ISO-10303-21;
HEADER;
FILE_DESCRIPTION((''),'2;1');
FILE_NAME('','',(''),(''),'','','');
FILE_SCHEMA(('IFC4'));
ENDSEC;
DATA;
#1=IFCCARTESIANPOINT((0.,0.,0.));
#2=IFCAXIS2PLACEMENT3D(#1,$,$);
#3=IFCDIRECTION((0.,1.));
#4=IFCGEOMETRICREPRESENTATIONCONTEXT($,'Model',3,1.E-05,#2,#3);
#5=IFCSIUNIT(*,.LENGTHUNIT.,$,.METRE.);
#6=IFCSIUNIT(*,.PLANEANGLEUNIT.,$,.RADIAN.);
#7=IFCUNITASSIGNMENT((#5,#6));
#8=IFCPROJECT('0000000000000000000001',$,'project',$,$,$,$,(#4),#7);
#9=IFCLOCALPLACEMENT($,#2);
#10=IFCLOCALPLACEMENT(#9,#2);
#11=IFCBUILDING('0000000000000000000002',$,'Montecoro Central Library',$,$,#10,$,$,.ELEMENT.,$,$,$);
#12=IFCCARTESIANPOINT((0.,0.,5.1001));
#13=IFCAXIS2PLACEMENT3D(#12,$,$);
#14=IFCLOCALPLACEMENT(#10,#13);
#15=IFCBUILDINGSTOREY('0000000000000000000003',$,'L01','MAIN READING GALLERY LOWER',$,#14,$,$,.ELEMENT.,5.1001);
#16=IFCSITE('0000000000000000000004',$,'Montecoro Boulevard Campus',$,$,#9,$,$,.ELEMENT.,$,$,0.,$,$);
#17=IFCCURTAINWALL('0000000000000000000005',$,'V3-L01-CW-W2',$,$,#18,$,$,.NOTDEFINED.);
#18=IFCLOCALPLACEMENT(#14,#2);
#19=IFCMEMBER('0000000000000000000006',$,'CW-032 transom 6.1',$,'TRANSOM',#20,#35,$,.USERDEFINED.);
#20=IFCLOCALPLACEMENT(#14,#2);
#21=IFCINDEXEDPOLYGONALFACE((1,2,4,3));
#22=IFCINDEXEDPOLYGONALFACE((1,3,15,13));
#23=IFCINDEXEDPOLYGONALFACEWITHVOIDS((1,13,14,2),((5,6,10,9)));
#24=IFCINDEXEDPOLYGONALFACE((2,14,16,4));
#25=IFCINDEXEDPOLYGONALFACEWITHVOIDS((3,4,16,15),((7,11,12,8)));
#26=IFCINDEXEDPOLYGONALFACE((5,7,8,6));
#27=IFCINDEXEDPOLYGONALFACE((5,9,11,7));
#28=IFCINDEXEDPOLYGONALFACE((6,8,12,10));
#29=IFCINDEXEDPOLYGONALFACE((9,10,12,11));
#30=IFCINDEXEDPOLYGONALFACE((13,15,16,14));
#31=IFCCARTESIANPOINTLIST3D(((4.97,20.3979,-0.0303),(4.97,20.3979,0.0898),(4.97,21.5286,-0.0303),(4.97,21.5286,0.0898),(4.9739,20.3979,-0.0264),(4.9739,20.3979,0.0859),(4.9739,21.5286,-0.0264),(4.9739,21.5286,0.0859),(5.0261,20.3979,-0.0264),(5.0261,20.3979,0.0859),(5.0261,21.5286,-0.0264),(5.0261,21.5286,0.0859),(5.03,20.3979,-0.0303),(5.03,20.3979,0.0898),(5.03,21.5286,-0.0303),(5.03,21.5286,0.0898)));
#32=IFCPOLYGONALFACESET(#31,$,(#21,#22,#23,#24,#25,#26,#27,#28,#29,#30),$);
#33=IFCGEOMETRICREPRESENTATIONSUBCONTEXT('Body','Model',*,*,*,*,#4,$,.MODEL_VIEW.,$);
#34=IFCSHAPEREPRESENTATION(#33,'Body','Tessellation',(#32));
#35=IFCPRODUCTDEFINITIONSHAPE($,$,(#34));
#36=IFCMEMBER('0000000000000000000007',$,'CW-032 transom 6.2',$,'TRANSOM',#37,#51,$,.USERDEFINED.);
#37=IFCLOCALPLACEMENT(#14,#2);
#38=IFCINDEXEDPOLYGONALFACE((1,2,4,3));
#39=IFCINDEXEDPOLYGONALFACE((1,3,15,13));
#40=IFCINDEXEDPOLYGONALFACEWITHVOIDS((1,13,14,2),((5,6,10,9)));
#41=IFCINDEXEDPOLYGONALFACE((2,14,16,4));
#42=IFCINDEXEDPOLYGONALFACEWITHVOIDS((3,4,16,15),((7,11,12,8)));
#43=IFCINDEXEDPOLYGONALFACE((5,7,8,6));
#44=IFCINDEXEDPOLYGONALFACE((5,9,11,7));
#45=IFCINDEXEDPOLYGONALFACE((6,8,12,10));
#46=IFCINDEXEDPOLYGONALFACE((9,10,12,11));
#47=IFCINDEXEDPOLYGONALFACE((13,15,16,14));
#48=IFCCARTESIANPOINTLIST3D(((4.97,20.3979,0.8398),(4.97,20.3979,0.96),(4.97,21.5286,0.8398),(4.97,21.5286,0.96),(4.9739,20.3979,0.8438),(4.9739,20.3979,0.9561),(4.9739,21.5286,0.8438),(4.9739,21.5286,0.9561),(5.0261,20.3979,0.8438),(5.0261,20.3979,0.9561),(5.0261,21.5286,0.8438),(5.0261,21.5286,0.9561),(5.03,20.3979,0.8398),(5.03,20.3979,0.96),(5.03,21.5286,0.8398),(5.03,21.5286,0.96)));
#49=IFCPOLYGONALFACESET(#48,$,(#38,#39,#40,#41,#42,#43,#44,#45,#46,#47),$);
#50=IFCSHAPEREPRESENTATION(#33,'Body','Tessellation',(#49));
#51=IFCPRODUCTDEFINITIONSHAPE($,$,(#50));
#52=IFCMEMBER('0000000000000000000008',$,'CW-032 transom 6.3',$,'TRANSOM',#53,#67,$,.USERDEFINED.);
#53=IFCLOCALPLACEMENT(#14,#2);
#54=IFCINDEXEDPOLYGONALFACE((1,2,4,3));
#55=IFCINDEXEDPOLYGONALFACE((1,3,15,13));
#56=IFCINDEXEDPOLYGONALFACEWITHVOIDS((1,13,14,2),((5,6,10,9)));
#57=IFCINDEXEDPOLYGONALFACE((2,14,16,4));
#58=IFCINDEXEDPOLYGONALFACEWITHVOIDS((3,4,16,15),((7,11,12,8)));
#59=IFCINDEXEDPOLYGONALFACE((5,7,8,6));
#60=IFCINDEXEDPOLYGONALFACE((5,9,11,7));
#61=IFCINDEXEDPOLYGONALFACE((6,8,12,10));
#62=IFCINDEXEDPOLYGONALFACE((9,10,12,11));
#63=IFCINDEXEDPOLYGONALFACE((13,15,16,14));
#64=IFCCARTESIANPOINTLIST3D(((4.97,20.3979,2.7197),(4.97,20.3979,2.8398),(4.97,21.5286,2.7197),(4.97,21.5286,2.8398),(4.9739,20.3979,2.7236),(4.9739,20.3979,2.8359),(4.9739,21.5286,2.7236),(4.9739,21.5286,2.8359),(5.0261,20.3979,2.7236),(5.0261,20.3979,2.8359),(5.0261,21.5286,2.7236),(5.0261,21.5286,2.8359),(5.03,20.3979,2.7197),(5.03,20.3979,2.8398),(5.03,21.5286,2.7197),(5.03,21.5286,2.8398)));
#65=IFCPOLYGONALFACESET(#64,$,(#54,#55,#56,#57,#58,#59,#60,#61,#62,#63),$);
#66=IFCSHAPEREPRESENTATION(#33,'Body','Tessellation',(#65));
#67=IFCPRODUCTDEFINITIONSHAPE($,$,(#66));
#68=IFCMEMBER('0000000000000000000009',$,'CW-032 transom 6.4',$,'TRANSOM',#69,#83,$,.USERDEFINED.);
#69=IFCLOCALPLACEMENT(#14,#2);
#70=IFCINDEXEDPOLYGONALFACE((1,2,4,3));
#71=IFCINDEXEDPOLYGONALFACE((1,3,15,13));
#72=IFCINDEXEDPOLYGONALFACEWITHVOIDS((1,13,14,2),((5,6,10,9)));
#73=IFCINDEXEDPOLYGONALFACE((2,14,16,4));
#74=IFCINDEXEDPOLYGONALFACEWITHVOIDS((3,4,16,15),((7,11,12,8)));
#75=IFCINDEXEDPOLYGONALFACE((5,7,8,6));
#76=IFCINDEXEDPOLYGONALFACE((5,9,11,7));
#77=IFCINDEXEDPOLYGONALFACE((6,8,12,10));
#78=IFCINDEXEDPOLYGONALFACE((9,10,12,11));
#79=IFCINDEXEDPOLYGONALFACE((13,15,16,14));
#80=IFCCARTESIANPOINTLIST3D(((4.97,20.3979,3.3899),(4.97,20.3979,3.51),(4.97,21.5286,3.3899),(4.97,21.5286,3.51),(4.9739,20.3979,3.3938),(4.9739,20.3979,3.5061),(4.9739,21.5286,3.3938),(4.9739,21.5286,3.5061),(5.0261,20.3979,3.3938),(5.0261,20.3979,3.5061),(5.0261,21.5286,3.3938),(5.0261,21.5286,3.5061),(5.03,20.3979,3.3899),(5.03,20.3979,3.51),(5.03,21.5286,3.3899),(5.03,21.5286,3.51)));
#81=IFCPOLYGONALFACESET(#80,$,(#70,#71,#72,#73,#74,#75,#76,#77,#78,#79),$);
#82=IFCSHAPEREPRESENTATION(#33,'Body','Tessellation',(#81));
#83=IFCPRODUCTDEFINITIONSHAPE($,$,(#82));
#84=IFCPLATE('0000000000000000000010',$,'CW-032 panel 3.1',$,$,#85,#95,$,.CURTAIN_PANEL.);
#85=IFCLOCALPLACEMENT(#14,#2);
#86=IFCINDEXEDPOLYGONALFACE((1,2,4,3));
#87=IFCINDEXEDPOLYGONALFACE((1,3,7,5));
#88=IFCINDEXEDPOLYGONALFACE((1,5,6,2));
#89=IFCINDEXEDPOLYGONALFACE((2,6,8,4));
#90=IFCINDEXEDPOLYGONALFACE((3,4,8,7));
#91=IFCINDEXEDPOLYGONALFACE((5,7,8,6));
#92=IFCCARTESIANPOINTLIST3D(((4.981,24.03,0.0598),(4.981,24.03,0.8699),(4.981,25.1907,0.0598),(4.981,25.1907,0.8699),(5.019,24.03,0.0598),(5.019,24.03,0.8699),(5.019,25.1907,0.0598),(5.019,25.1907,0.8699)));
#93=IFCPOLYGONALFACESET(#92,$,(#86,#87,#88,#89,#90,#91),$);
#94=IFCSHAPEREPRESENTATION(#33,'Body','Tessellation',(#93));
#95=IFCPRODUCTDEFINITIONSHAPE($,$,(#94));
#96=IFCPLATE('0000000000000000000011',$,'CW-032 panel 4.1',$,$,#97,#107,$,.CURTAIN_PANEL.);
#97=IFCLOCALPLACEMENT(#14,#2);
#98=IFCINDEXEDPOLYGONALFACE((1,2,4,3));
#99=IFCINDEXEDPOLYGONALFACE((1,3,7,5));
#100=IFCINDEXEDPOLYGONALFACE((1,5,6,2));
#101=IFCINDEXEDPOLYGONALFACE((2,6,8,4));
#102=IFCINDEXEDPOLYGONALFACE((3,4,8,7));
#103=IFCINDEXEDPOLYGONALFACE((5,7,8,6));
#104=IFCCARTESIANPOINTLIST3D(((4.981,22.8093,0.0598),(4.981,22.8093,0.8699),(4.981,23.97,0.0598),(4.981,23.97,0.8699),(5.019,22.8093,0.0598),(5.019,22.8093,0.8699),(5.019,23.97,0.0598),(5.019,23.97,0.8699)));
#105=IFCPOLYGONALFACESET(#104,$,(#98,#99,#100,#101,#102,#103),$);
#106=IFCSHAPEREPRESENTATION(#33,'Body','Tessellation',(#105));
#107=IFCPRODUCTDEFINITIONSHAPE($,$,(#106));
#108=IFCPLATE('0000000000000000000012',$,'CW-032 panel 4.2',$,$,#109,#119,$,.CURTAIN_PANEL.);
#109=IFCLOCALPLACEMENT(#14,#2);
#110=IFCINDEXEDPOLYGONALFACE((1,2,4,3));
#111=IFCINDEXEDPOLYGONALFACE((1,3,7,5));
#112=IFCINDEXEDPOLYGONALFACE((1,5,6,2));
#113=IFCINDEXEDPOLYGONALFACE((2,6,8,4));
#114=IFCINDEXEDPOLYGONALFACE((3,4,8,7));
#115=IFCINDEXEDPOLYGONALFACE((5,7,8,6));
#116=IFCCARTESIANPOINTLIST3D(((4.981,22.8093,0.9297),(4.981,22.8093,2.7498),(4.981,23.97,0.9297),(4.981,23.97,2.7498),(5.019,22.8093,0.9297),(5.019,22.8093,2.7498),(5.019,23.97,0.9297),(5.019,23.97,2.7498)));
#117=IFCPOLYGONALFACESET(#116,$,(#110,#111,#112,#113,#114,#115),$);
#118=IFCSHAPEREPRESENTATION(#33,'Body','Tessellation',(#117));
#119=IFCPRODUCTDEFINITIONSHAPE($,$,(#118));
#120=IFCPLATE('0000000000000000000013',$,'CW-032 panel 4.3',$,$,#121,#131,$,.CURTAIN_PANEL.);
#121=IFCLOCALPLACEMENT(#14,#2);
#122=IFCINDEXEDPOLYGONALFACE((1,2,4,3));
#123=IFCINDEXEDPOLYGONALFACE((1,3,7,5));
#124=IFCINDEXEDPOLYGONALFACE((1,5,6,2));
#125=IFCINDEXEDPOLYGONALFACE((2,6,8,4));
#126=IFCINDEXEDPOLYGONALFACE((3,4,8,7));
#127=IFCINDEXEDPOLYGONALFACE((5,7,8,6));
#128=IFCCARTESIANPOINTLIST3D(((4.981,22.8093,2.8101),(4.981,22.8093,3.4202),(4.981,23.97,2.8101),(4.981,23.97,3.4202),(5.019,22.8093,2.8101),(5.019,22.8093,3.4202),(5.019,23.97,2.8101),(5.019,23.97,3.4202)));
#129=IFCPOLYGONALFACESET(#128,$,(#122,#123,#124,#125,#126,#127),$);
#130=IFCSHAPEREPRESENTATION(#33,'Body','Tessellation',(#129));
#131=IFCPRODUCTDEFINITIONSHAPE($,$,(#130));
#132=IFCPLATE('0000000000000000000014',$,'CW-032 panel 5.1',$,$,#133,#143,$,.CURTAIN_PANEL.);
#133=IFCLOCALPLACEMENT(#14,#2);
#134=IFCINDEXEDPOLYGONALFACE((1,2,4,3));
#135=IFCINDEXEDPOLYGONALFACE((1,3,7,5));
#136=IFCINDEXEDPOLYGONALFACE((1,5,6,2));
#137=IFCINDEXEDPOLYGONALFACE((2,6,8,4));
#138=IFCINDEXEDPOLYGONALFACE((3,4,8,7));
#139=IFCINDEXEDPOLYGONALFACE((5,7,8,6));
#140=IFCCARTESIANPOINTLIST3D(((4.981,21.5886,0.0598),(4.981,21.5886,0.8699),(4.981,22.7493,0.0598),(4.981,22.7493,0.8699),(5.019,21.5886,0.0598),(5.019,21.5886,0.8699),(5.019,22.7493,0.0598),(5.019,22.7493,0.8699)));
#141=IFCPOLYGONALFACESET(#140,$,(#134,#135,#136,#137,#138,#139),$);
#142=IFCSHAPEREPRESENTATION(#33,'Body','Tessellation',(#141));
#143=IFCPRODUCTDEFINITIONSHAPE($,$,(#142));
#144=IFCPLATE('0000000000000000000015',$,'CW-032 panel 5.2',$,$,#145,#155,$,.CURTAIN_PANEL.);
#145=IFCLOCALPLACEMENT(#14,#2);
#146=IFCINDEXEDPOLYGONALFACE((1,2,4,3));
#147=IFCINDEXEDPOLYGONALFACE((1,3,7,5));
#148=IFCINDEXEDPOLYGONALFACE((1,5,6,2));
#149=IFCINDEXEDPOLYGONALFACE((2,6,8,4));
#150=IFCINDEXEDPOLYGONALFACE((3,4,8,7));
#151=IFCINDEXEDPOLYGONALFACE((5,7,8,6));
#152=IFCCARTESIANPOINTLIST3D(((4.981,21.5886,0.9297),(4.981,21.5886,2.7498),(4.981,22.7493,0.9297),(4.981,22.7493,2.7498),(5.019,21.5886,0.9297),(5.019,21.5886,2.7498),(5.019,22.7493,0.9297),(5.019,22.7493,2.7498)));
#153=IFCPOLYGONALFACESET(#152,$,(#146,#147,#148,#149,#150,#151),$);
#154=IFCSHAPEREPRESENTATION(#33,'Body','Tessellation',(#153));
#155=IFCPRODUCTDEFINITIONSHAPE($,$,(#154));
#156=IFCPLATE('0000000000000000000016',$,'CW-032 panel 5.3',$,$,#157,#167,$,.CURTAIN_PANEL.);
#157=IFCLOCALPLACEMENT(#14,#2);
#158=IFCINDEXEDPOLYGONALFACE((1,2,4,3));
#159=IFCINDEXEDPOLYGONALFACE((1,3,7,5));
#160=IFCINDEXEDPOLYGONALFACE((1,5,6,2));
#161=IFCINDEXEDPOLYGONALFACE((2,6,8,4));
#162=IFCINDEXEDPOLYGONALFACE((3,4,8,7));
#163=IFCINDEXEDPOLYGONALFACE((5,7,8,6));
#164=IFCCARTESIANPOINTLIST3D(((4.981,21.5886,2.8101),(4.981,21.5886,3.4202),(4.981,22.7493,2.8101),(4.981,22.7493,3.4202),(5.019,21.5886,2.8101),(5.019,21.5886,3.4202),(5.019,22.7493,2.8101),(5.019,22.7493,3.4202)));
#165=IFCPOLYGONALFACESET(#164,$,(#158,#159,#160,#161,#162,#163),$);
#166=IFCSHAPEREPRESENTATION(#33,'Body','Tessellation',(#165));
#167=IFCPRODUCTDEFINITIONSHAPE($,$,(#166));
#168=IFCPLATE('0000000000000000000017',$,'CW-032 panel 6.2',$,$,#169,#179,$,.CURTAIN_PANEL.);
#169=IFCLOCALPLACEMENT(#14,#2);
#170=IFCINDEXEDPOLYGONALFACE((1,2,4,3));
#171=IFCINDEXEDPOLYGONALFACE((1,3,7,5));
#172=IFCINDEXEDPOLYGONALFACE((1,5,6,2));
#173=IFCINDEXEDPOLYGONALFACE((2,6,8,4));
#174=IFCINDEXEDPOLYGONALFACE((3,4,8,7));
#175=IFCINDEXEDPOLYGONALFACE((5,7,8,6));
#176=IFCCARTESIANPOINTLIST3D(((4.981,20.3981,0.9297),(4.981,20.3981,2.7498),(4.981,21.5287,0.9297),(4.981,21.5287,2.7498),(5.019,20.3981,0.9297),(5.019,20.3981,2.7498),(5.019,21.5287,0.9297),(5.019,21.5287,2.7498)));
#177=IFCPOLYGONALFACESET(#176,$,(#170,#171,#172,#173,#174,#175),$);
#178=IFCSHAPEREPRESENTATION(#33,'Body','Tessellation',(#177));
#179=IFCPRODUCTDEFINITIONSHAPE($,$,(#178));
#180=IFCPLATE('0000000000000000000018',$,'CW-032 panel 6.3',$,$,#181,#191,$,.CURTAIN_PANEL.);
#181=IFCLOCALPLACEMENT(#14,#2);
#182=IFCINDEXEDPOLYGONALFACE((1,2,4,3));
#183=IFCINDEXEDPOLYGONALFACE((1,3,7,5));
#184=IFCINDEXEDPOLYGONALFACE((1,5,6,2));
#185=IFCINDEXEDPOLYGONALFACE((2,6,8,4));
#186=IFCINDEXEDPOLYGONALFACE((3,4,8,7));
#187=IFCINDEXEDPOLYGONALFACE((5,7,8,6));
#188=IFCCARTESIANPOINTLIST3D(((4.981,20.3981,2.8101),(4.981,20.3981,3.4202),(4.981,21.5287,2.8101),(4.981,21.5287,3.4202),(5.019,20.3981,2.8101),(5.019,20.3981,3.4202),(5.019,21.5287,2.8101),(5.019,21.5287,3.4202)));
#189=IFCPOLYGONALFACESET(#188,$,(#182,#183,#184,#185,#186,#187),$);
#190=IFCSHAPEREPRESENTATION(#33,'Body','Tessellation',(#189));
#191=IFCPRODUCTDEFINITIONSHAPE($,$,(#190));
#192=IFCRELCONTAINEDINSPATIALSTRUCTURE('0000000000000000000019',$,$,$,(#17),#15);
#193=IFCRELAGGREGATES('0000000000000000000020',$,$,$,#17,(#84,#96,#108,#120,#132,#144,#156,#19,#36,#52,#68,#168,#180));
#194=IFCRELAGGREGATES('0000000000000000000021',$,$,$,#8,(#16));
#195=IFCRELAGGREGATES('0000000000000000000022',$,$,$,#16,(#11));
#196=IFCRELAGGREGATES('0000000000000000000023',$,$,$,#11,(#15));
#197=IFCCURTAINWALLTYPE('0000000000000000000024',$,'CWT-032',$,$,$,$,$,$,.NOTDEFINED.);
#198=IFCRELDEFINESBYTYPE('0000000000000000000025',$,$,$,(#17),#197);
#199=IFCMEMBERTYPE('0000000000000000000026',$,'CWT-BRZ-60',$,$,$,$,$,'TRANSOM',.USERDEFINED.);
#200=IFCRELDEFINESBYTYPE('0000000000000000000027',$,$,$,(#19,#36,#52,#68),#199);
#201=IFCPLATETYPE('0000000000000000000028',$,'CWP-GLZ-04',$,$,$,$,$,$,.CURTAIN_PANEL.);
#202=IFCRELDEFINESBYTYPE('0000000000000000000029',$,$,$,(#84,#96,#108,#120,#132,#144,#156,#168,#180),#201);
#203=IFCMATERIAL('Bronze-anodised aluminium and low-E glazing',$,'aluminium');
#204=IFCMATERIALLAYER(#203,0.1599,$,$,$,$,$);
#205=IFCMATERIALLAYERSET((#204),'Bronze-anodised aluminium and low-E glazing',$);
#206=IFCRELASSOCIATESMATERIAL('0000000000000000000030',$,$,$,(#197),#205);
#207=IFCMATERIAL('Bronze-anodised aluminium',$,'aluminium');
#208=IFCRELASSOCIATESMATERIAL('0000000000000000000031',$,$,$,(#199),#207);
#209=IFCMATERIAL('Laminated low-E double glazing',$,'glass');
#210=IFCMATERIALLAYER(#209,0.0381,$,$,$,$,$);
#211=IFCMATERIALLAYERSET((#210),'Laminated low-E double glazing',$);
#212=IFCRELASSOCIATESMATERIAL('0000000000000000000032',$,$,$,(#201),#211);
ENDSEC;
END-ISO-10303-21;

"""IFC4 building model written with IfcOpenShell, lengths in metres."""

from ifc_helpers import new_model, si_unit, direction, frame, origin, origin_2d, place, context, subcontext, project, spatial, rectangle, hollow_rectangle, extrude, material, layer, layer_set, material_profile, profile_set, type_object, element, aggregate, save


model = new_model("IFC4")

# Units and contexts
model_context = context("Model", 3, precision=1e-05, world=origin(), true_north=direction((0.0, 1.0)))
body_context = subcontext(model_context, "Body", "Model", "MODEL_VIEW")
ifc_project = project(units=[si_unit("LENGTHUNIT", "METRE"), si_unit("PLANEANGLEUNIT", "RADIAN")], contexts=[model_context])

# Site, building, storey
site_placement = place(None, origin())
site = spatial("IfcSite", under=ifc_project, at=site_placement, Name="Montecoro Boulevard Campus", CompositionType="ELEMENT", RefElevation=0.0)
building_placement = place(site_placement, origin())
building = spatial("IfcBuilding", under=site, at=building_placement, Name="Montecoro Central Library", CompositionType="ELEMENT")
storey_placement = place(building_placement, frame((0.0, 0.0, 5.1001)))
storey = spatial("IfcBuildingStorey", under=building, at=storey_placement, Name="L01", Description="MAIN READING GALLERY LOWER", CompositionType="ELEMENT", Elevation=5.1001)

# Curtain wall, members, plates
ifc_material_1 = material(Name="Bronze-anodised aluminium and low-E glazing", Category="aluminium")
ifc_layer_1 = layer(ifc_material_1, 0.1599)
ifc_layer_set_1 = layer_set([ifc_layer_1], Name="Bronze-anodised aluminium and low-E glazing")
curtain_wall_type = type_object("IfcCurtainWallType", Name="CWT-032", PredefinedType="NOTDEFINED", material=ifc_layer_set_1)
curtain_wall_placement = place(storey_placement, origin())
curtain_wall = element("IfcCurtainWall", 1, at=curtain_wall_placement, inside=storey, type_object=curtain_wall_type, Name="V3-L01-CW-W2", PredefinedType="NOTDEFINED")
ifc_material_2 = material(Name="Bronze-anodised aluminium", Category="aluminium")
ifc_material_profile_1 = material_profile(ifc_material_2, hollow_rectangle(XDim=0.0601, YDim=0.1201, WallThickness=0.0039, at=origin_2d()), Name="CWT 120x60x4.0")
ifc_profile_set_1 = profile_set([ifc_material_profile_1], Name="Bronze-anodised aluminium")
member_type_1 = type_object("IfcMemberType", Name="CWT-BRZ-60", ElementType="TRANSOM", PredefinedType="USERDEFINED", material=ifc_profile_set_1)
member_1_placement = place(storey_placement, frame((5.0, 21.5286, 0.0298), z_axis=(0.0, -1.0, 0.0), x_axis=(1.0, 0.0, 0.0)))
member_1 = element("IfcMember", 2, at=member_1_placement, type_object=member_type_1, Name="CW-032 transom 6.1", ObjectType="TRANSOM", PredefinedType="USERDEFINED", context=body_context, shape_type="SweptSolid", body=[
    extrude(hollow_rectangle(XDim=0.0601, YDim=0.1201, WallThickness=0.0039, at=origin_2d()), origin(), (0.0, 0.0, 1.0), 1.1306),
])
member_2_placement = place(storey_placement, frame((5.0, 21.5286, 0.8999), z_axis=(0.0, -1.0, 0.0), x_axis=(1.0, 0.0, 0.0)))
member_2 = element("IfcMember", 3, at=member_2_placement, type_object=member_type_1, Name="CW-032 transom 6.2", ObjectType="TRANSOM", PredefinedType="USERDEFINED", context=body_context, shape_type="SweptSolid", body=[
    extrude(hollow_rectangle(XDim=0.0601, YDim=0.1201, WallThickness=0.0039, at=origin_2d()), origin(), (0.0, 0.0, 1.0), 1.1306),
])
member_3_placement = place(storey_placement, frame((5.0, 21.5286, 2.7798), z_axis=(0.0, -1.0, 0.0), x_axis=(1.0, 0.0, 0.0)))
member_3 = element("IfcMember", 4, at=member_3_placement, type_object=member_type_1, Name="CW-032 transom 6.3", ObjectType="TRANSOM", PredefinedType="USERDEFINED", context=body_context, shape_type="SweptSolid", body=[
    extrude(hollow_rectangle(XDim=0.0601, YDim=0.1201, WallThickness=0.0039, at=origin_2d()), origin(), (0.0, 0.0, 1.0), 1.1306),
])
member_4_placement = place(storey_placement, frame((5.0, 21.5286, 3.45), z_axis=(0.0, -1.0, 0.0), x_axis=(1.0, 0.0, 0.0)))
member_4 = element("IfcMember", 5, at=member_4_placement, type_object=member_type_1, Name="CW-032 transom 6.4", ObjectType="TRANSOM", PredefinedType="USERDEFINED", context=body_context, shape_type="SweptSolid", body=[
    extrude(hollow_rectangle(XDim=0.0601, YDim=0.1201, WallThickness=0.0039, at=origin_2d()), origin(), (0.0, 0.0, 1.0), 1.1306),
])
ifc_material_3 = material(Name="Laminated low-E double glazing", Category="glass")
ifc_layer_2 = layer(ifc_material_3, 0.0381)
ifc_layer_set_2 = layer_set([ifc_layer_2], Name="Laminated low-E double glazing")
plate_type = type_object("IfcPlateType", Name="CWP-GLZ-04", PredefinedType="CURTAIN_PANEL", material=ifc_layer_set_2)
plate_1_placement = place(storey_placement, frame((5.0, 24.6104, 0.0598), z_axis=(0.0, 0.0, 1.0), x_axis=(0.0, -1.0, 0.0)))
plate_1 = element("IfcPlate", 6, at=plate_1_placement, type_object=plate_type, Name="CW-032 panel 3.1", PredefinedType="CURTAIN_PANEL", context=body_context, shape_type="SweptSolid", body=[
    extrude(rectangle(XDim=1.1606, YDim=0.0381, at=origin_2d()), origin(), (0.0, 0.0, 1.0), 0.8101),
])
plate_2_placement = place(storey_placement, frame((5.0, 23.3896, 0.0598), z_axis=(0.0, 0.0, 1.0), x_axis=(0.0, -1.0, 0.0)))
plate_2 = element("IfcPlate", 7, at=plate_2_placement, type_object=plate_type, Name="CW-032 panel 4.1", PredefinedType="CURTAIN_PANEL", context=body_context, shape_type="SweptSolid", body=[
    extrude(rectangle(XDim=1.1606, YDim=0.0381, at=origin_2d()), origin(), (0.0, 0.0, 1.0), 0.8101),
])
plate_3_placement = place(storey_placement, frame((5.0, 23.3896, 0.9297), z_axis=(0.0, 0.0, 1.0), x_axis=(0.0, -1.0, 0.0)))
plate_3 = element("IfcPlate", 8, at=plate_3_placement, type_object=plate_type, Name="CW-032 panel 4.2", PredefinedType="CURTAIN_PANEL", context=body_context, shape_type="SweptSolid", body=[
    extrude(rectangle(XDim=1.1606, YDim=0.0381, at=origin_2d()), origin(), (0.0, 0.0, 1.0), 1.8201),
])
plate_4_placement = place(storey_placement, frame((5.0, 23.3896, 2.8101), z_axis=(0.0, 0.0, 1.0), x_axis=(0.0, -1.0, 0.0)))
plate_4 = element("IfcPlate", 9, at=plate_4_placement, type_object=plate_type, Name="CW-032 panel 4.3", PredefinedType="CURTAIN_PANEL", context=body_context, shape_type="SweptSolid", body=[
    extrude(rectangle(XDim=1.1606, YDim=0.0381, at=origin_2d()), origin(), (0.0, 0.0, 1.0), 0.6101),
])
plate_5_placement = place(storey_placement, frame((5.0, 22.1689, 0.0598), z_axis=(0.0, 0.0, 1.0), x_axis=(0.0, -1.0, 0.0)))
plate_5 = element("IfcPlate", 10, at=plate_5_placement, type_object=plate_type, Name="CW-032 panel 5.1", PredefinedType="CURTAIN_PANEL", context=body_context, shape_type="SweptSolid", body=[
    extrude(rectangle(XDim=1.1606, YDim=0.0381, at=origin_2d()), origin(), (0.0, 0.0, 1.0), 0.8101),
])
plate_6_placement = place(storey_placement, frame((5.0, 22.1689, 0.9297), z_axis=(0.0, 0.0, 1.0), x_axis=(0.0, -1.0, 0.0)))
plate_6 = element("IfcPlate", 11, at=plate_6_placement, type_object=plate_type, Name="CW-032 panel 5.2", PredefinedType="CURTAIN_PANEL", context=body_context, shape_type="SweptSolid", body=[
    extrude(rectangle(XDim=1.1606, YDim=0.0381, at=origin_2d()), origin(), (0.0, 0.0, 1.0), 1.8201),
])
plate_7_placement = place(storey_placement, frame((5.0, 22.1689, 2.8101), z_axis=(0.0, 0.0, 1.0), x_axis=(0.0, -1.0, 0.0)))
plate_7 = element("IfcPlate", 12, at=plate_7_placement, type_object=plate_type, Name="CW-032 panel 5.3", PredefinedType="CURTAIN_PANEL", context=body_context, shape_type="SweptSolid", body=[
    extrude(rectangle(XDim=1.1606, YDim=0.0381, at=origin_2d()), origin(), (0.0, 0.0, 1.0), 0.6101),
])
plate_8_placement = place(storey_placement, frame((5.0, 20.9634, 0.9297), z_axis=(0.0, 0.0, 1.0), x_axis=(0.0, -1.0, 0.0)))
plate_8 = element("IfcPlate", 13, at=plate_8_placement, type_object=plate_type, Name="CW-032 panel 6.2", PredefinedType="CURTAIN_PANEL", context=body_context, shape_type="SweptSolid", body=[
    extrude(rectangle(XDim=1.1306, YDim=0.0381, at=origin_2d()), origin(), (0.0, 0.0, 1.0), 1.8201),
])
plate_9_placement = place(storey_placement, frame((5.0, 20.9634, 2.8101), z_axis=(0.0, 0.0, 1.0), x_axis=(0.0, -1.0, 0.0)))
plate_9 = element("IfcPlate", 14, at=plate_9_placement, type_object=plate_type, Name="CW-032 panel 6.3", PredefinedType="CURTAIN_PANEL", context=body_context, shape_type="SweptSolid", body=[
    extrude(rectangle(XDim=1.1306, YDim=0.0381, at=origin_2d()), origin(), (0.0, 0.0, 1.0), 0.6101),
])
aggregate(curtain_wall, [plate_1, plate_2, plate_3, plate_4, plate_5, plate_6, plate_7, member_1, member_2, member_3, member_4, plate_8, plate_9])

save(model, "model.ifc")
